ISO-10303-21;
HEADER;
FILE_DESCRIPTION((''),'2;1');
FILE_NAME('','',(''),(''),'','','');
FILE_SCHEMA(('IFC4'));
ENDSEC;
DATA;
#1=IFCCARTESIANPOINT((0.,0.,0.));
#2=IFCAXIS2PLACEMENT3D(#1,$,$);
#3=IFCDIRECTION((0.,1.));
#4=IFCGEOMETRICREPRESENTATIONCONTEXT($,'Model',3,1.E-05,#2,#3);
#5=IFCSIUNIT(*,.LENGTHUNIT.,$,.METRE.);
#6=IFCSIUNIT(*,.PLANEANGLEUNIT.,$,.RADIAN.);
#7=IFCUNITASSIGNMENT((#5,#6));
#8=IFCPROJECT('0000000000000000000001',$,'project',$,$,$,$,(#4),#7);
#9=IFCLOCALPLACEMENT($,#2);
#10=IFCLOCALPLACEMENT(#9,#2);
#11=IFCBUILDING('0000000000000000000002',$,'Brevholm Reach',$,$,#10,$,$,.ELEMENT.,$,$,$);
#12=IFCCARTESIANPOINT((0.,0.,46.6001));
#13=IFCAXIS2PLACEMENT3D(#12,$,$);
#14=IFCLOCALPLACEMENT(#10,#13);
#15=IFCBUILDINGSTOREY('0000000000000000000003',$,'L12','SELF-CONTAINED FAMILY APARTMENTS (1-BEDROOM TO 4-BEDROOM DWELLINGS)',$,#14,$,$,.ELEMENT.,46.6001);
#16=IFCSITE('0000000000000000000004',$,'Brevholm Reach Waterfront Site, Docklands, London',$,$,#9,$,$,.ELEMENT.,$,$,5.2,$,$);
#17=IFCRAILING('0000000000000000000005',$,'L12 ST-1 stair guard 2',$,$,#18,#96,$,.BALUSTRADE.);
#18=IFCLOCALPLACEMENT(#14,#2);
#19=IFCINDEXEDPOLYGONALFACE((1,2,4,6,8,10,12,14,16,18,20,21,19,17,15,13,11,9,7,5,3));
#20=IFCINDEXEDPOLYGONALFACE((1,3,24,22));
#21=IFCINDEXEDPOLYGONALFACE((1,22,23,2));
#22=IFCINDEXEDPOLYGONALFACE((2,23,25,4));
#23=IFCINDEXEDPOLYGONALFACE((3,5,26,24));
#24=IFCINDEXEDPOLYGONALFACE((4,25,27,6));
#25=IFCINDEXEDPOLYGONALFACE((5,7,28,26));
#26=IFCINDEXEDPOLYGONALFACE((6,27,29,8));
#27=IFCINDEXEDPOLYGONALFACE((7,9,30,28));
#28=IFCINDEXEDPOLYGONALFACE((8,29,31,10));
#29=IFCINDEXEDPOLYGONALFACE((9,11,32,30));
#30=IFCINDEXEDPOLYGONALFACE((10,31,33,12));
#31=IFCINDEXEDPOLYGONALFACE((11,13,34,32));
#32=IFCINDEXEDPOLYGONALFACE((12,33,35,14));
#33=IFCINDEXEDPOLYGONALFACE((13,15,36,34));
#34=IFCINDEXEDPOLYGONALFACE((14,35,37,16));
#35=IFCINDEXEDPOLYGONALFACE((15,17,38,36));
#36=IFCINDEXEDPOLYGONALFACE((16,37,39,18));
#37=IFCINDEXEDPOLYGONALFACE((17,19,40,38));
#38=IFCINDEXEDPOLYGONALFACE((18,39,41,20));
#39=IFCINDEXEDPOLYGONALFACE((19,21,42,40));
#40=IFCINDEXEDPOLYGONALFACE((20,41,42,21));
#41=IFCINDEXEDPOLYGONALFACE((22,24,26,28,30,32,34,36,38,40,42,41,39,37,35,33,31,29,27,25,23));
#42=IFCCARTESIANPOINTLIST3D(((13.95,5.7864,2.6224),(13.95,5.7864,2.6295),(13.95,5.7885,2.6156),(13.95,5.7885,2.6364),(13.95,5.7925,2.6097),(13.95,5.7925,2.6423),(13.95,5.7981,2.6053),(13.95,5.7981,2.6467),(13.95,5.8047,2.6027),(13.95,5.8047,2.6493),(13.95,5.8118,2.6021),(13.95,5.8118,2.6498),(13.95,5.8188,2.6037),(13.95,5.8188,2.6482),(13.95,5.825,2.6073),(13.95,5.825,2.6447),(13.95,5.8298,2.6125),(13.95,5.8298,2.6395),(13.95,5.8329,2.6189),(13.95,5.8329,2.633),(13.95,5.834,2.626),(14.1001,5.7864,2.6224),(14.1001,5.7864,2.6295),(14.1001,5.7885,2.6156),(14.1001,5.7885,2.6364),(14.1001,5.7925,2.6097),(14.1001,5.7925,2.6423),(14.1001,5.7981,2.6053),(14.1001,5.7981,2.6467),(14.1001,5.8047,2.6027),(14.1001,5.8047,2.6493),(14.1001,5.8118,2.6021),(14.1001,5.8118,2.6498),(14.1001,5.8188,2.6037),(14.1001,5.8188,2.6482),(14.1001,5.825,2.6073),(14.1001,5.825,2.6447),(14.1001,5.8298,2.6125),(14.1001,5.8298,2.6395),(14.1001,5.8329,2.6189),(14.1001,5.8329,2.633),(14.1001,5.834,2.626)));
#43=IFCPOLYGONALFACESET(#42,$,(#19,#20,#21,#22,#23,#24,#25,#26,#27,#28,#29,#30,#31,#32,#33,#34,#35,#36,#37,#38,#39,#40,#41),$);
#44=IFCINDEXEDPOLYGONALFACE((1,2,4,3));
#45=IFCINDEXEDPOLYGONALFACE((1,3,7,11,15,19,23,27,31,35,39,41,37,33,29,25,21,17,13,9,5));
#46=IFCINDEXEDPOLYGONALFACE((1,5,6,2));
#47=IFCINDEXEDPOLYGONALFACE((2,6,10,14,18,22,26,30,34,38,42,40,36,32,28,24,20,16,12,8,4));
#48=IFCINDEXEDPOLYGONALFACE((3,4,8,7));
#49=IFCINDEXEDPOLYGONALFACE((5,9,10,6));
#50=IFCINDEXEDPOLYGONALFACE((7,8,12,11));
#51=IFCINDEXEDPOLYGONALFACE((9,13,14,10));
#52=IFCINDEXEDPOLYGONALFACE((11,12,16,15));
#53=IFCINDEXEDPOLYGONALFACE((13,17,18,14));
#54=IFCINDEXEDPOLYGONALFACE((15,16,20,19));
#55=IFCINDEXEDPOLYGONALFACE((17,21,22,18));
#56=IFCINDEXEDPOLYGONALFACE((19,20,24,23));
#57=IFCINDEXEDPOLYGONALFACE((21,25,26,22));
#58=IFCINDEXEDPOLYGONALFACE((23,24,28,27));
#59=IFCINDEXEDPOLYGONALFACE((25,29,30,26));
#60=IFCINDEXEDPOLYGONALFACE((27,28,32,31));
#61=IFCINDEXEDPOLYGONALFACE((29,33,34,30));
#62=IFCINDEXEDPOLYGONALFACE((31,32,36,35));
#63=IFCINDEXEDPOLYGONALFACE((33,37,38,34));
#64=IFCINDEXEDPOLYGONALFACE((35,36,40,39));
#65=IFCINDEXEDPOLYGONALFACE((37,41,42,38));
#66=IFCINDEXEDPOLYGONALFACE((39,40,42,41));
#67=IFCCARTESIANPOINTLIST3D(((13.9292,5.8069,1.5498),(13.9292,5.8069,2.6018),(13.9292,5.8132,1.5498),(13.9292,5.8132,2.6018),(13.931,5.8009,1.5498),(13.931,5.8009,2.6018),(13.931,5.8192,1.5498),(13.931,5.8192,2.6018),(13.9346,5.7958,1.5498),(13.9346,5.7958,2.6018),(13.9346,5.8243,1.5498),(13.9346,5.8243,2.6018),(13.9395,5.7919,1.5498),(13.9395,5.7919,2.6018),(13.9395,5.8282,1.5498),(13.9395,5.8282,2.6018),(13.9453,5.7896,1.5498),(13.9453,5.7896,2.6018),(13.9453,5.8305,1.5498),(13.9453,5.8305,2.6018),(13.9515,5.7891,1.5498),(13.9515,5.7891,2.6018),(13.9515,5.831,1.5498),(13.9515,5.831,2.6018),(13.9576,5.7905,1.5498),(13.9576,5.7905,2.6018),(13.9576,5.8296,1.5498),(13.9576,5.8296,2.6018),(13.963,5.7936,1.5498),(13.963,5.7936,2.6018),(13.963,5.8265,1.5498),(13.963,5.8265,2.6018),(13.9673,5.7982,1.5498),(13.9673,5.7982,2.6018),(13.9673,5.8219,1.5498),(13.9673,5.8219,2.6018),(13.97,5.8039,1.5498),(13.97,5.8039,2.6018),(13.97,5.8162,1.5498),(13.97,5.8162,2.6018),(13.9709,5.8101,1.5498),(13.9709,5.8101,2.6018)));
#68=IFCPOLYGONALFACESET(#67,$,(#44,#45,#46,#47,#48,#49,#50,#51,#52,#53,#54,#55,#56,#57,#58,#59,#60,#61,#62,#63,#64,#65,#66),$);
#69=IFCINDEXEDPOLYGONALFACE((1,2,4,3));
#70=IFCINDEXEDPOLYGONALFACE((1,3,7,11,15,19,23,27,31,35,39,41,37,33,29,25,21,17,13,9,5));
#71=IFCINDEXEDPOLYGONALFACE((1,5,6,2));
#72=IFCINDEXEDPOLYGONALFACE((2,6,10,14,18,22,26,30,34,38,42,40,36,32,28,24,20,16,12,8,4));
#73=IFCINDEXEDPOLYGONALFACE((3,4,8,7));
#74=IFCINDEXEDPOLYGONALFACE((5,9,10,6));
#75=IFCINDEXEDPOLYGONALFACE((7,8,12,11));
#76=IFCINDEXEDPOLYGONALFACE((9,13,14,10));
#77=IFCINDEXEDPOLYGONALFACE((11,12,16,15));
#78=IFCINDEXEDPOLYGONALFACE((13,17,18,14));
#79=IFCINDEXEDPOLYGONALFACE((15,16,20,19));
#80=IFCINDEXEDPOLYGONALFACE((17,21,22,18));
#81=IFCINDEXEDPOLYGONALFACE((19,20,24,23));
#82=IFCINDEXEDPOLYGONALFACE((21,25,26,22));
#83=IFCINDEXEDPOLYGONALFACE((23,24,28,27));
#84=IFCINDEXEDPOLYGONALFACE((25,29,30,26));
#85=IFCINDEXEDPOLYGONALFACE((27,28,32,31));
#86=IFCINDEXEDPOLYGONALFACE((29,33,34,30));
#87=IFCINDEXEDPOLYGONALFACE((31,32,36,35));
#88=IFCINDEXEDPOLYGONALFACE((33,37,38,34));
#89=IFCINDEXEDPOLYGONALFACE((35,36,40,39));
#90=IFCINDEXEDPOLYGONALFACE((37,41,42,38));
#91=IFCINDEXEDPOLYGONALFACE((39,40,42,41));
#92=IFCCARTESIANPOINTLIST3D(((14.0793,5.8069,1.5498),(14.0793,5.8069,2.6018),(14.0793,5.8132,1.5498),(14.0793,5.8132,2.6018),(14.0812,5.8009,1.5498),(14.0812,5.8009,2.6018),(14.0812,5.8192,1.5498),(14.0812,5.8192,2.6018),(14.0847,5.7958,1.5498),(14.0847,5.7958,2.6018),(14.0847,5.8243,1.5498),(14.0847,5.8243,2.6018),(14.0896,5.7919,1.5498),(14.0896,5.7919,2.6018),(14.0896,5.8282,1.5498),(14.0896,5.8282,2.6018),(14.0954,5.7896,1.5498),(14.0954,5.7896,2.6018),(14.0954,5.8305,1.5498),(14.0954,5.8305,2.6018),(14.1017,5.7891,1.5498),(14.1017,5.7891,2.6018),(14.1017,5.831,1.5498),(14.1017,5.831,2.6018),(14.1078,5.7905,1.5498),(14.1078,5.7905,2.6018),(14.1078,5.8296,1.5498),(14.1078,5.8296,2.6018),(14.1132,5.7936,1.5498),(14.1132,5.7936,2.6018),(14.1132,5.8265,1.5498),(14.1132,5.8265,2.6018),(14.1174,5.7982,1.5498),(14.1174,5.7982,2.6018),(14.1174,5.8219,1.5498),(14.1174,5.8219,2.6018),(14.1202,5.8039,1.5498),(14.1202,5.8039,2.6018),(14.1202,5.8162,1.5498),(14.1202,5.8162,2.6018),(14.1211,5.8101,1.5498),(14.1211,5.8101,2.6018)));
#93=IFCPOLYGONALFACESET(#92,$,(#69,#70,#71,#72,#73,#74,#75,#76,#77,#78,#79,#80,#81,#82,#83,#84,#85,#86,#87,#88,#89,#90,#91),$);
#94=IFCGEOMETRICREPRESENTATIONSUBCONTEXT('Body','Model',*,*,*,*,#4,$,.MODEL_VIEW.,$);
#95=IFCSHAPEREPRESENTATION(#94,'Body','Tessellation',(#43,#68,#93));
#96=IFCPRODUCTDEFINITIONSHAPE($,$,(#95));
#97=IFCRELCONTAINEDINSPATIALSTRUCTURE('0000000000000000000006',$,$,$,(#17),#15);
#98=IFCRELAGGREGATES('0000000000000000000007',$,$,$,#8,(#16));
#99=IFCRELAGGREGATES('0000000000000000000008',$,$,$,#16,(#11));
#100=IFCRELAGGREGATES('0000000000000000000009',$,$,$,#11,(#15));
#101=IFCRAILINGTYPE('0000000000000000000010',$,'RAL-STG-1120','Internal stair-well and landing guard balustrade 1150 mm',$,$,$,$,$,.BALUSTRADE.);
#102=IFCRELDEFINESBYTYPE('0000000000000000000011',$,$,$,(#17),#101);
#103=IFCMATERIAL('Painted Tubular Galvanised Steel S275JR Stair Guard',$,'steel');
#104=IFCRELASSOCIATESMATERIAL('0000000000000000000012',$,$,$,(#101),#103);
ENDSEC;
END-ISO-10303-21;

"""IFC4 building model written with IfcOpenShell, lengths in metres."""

from ifc_helpers import new_model, si_unit, direction, frame, origin, origin_2d, place, context, subcontext, project, spatial, circle, extrude, material, type_object, element, save


model = new_model("IFC4")

# Units and contexts
model_context = context("Model", 3, precision=1e-05, world=origin(), true_north=direction((0.0, 1.0)))
body_context = subcontext(model_context, "Body", "Model", "MODEL_VIEW")
ifc_project = project(units=[si_unit("LENGTHUNIT", "METRE"), si_unit("PLANEANGLEUNIT", "RADIAN")], contexts=[model_context])

# Site, building, storey
site_placement = place(None, origin())
site = spatial("IfcSite", under=ifc_project, at=site_placement, Name="Brevholm Reach Waterfront Site, Docklands, London", CompositionType="ELEMENT", RefElevation=5.2)
building_placement = place(site_placement, origin())
building = spatial("IfcBuilding", under=site, at=building_placement, Name="Brevholm Reach", CompositionType="ELEMENT")
storey_placement = place(building_placement, frame((0.0, 0.0, 46.6001)))
storey = spatial("IfcBuildingStorey", under=building, at=storey_placement, Name="L12", Description="SELF-CONTAINED FAMILY APARTMENTS (1-BEDROOM TO 4-BEDROOM DWELLINGS)", CompositionType="ELEMENT", Elevation=46.6001)

# Railing
ifc_material_1 = material(Name="Painted Tubular Galvanised Steel S275JR Stair Guard", Category="steel")
railing_type_1 = type_object("IfcRailingType", Name="RAL-STG-1120", Description="Internal stair-well and landing guard balustrade 1150 mm", PredefinedType="BALUSTRADE", material=ifc_material_1)
railing_1_placement = place(storey_placement, frame((13.95, 5.8101, 1.5498)))
element("IfcRailing", 1, at=railing_1_placement, inside=storey, type_object=railing_type_1, Name="L12 ST-1 stair guard 2", PredefinedType="BALUSTRADE", context=body_context, shape_type="SweptSolid", body=[
    extrude(circle(Radius=0.0239, at=origin_2d()), frame((0.0, 0.0, 1.0762), z_axis=(1.0, 0.0, 0.0), x_axis=(0.0, 1.0, 0.0)), (0.0, 0.0, 1.0), 0.1501),
    extrude(circle(Radius=0.021, at=origin_2d()), origin(), (0.0, 0.0, 1.0), 1.052),
    extrude(circle(Radius=0.021, at=origin_2d()), frame((0.1501, 0.0, 0.0)), (0.0, 0.0, 1.0), 1.052),
])

save(model, "model.ifc")
